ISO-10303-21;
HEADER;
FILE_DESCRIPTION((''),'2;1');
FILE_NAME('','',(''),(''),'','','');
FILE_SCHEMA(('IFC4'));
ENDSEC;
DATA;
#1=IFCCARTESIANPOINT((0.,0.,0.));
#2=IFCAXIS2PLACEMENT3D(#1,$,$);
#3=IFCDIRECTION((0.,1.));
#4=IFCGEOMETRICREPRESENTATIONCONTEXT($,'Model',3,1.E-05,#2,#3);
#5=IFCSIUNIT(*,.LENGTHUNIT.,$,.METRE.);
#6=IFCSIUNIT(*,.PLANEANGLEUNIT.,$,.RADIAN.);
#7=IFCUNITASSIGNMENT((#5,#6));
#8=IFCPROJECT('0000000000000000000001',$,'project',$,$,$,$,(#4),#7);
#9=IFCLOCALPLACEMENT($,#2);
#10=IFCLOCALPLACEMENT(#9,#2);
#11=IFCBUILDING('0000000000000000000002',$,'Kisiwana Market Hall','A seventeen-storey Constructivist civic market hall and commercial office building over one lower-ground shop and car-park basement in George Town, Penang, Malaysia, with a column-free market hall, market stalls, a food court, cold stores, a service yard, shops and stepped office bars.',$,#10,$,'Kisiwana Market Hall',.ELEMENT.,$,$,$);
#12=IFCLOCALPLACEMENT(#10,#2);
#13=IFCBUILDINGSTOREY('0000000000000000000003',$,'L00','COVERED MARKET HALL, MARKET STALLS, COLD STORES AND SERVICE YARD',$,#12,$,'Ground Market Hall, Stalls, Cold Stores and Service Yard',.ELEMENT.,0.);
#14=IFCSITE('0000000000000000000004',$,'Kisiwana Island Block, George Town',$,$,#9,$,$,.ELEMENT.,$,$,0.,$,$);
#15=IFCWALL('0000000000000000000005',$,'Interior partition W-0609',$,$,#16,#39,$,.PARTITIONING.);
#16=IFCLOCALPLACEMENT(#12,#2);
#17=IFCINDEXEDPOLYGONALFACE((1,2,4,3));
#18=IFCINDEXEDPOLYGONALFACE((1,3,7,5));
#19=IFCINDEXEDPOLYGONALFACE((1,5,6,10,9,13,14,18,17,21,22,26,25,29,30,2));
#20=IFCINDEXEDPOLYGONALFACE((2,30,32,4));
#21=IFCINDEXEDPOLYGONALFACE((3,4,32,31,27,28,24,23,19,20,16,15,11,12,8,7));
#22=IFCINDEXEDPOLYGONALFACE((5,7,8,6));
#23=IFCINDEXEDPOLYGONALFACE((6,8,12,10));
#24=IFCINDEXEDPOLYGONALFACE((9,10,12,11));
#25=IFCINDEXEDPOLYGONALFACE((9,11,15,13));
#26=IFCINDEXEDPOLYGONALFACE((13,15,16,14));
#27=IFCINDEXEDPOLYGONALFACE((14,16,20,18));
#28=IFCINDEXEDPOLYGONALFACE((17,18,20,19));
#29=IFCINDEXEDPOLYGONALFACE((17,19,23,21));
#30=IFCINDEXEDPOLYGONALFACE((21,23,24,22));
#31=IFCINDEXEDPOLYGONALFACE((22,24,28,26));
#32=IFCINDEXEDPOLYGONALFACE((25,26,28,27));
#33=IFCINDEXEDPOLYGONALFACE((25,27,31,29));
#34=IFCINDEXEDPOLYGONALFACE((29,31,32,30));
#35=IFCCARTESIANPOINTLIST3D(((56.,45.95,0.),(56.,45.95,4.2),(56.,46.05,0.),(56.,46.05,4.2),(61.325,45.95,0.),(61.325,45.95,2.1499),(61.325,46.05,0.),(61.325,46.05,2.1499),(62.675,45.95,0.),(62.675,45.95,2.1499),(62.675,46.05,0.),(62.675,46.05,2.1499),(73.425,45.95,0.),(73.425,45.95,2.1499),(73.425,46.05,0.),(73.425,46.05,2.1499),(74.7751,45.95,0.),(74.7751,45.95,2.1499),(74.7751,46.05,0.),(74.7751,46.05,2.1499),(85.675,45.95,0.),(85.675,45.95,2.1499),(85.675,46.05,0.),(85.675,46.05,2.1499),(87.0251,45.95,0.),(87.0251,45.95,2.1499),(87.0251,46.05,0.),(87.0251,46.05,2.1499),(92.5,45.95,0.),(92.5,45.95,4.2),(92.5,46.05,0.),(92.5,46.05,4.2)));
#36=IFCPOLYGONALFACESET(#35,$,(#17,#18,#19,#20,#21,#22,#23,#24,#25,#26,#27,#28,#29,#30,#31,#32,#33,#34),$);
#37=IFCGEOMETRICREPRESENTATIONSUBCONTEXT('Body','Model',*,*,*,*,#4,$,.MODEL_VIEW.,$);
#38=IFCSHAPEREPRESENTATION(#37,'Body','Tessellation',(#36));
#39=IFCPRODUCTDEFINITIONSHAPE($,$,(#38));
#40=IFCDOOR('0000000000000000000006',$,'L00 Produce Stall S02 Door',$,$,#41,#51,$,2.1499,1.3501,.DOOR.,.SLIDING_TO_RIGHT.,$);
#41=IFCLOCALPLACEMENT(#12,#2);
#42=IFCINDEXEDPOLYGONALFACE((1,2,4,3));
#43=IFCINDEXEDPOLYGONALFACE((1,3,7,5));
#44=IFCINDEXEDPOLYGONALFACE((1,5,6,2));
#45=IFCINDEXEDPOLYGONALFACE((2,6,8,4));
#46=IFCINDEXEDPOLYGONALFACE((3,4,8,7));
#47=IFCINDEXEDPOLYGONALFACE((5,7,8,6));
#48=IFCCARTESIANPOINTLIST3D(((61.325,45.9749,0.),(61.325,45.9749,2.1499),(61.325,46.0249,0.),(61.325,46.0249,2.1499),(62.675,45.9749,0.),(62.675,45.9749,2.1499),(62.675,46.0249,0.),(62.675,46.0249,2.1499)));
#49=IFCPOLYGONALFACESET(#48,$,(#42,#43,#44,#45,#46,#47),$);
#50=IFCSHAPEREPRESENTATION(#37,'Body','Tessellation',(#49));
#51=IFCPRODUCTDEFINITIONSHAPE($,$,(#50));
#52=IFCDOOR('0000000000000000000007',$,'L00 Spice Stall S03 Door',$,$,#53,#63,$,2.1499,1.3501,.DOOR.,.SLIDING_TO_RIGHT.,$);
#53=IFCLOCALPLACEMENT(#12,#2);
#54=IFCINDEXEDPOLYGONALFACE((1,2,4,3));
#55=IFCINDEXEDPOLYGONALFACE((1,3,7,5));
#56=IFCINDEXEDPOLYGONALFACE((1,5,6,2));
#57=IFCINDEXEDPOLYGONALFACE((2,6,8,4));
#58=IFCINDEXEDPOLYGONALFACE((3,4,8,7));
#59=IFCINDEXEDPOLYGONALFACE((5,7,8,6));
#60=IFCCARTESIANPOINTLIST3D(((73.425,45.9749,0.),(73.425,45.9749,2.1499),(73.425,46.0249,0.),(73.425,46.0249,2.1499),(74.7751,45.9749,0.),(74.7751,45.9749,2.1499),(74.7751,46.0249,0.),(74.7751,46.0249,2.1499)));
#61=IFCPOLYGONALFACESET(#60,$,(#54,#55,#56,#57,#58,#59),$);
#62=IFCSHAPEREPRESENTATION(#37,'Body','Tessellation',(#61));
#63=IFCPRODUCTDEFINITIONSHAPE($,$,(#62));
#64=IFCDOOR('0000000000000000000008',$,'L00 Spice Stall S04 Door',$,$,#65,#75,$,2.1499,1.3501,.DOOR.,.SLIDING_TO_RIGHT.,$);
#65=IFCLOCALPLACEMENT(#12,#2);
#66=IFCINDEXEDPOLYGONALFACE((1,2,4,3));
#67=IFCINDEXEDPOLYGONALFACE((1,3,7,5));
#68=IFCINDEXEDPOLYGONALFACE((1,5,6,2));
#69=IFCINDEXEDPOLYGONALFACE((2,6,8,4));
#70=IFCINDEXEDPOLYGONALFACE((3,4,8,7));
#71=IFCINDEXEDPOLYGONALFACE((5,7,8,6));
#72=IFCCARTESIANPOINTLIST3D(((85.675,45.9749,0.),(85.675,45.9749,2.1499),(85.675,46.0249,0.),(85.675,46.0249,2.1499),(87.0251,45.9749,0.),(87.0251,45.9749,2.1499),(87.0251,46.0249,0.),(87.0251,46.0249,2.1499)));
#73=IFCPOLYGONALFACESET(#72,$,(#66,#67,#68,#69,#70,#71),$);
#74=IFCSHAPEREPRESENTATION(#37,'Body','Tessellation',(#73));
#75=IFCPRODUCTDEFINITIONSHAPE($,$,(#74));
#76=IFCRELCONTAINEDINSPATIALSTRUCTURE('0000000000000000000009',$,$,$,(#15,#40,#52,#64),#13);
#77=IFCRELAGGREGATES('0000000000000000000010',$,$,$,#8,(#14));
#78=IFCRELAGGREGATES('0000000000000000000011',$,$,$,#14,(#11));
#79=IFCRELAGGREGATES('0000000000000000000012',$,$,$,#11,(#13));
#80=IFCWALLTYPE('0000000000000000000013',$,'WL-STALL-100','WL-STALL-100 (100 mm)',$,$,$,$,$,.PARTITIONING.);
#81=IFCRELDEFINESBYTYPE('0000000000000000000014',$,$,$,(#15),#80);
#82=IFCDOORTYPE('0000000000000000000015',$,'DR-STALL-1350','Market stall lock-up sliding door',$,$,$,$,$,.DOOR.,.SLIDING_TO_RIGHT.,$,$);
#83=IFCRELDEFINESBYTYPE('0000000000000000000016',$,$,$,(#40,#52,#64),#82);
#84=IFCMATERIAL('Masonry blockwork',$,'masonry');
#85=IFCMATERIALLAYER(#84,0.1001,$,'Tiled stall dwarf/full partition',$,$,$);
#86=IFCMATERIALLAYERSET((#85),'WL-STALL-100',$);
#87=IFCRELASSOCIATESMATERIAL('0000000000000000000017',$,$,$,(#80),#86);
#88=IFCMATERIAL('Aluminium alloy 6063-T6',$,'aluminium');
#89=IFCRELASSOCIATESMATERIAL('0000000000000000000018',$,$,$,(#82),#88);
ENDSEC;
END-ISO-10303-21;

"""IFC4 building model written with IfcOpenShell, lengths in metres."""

from ifc_helpers import new_model, si_unit, direction, frame, frame_2d, origin, place, context, subcontext, project, spatial, rectangle, extrude, material, layer, layer_set, type_object, element, fill, save


model = new_model("IFC4")

# Units and contexts
model_context = context("Model", 3, precision=1e-05, world=origin(), true_north=direction((0.0, 1.0)))
body_context = subcontext(model_context, "Body", "Model", "MODEL_VIEW")
ifc_project = project(units=[si_unit("LENGTHUNIT", "METRE"), si_unit("PLANEANGLEUNIT", "RADIAN")], contexts=[model_context])

# Site, building, storey
site_placement = place(None, origin())
site = spatial("IfcSite", under=ifc_project, at=site_placement, Name="Kisiwana Island Block, George Town", CompositionType="ELEMENT", RefElevation=0.0)
building_placement = place(site_placement, origin())
building = spatial("IfcBuilding", under=site, at=building_placement, Name="Kisiwana Market Hall", Description="A seventeen-storey Constructivist civic market hall and commercial office building over one lower-ground shop and car-park basement in George Town, Penang, Malaysia, with a column-free market hall, market stalls, a food court, cold stores, a service yard, shops and stepped office bars.", LongName="Kisiwana Market Hall", CompositionType="ELEMENT")
storey_placement = place(building_placement, origin())
storey = spatial("IfcBuildingStorey", under=building, at=storey_placement, Name="L00", Description="COVERED MARKET HALL, MARKET STALLS, COLD STORES AND SERVICE YARD", LongName="Ground Market Hall, Stalls, Cold Stores and Service Yard", CompositionType="ELEMENT", Elevation=0.0)

# Shared definitions
ifc_material_1 = material(Name="Masonry blockwork", Category="masonry")
ifc_layer_1 = layer(ifc_material_1, 0.1001, Name="Tiled stall dwarf/full partition")
ifc_layer_set_1 = layer_set([ifc_layer_1], Name="WL-STALL-100")
wall_type_1 = type_object("IfcWallType", Name="WL-STALL-100", Description="WL-STALL-100 (100 mm)", PredefinedType="PARTITIONING", material=ifc_layer_set_1)

# Shared definitions
ifc_material_2 = material(Name="Aluminium alloy 6063-T6", Category="aluminium")
door_type_1 = type_object("IfcDoorType", Name="DR-STALL-1350", Description="Market stall lock-up sliding door", OperationType="SLIDING_TO_RIGHT", PredefinedType="DOOR", material=ifc_material_2)

# Wall, openings, doors
wall_1_placement = place(storey_placement, frame((56.0, 46.0, 0.0), z_axis=(0.0, 0.0, 1.0), x_axis=(1.0, 0.0, 0.0)))
wall_1 = element("IfcWall", 1, at=wall_1_placement, inside=storey, type_object=wall_type_1, Name="Interior partition W-0609", PredefinedType="PARTITIONING", context=body_context, shape_type="SweptSolid", body=[
    extrude(rectangle(XDim=36.5, YDim=0.1001, at=frame_2d((18.25, 0.0))), origin(), (0.0, 0.0, 1.0), 4.2),
])
opening_1_placement = place(wall_1_placement, frame((5.325, 0.0, 0.0)))
opening_1 = element("IfcOpeningElement", 2, at=opening_1_placement, cuts=wall_1, PredefinedType="OPENING", context=body_context, shape_type="SweptSolid", body=[
    extrude(rectangle(XDim=1.3501, YDim=2.1499, at=frame_2d((0.675, 1.075))), frame((0.0, 0.062, 0.0), z_axis=(0.0, -1.0, 0.0), x_axis=(1.0, 0.0, 0.0)), (0.0, 0.0, 1.0), 0.124),
])
opening_2_placement = place(wall_1_placement, frame((17.425, 0.0, 0.0)))
opening_2 = element("IfcOpeningElement", 3, at=opening_2_placement, cuts=wall_1, PredefinedType="OPENING", context=body_context, shape_type="SweptSolid", body=[
    extrude(rectangle(XDim=1.3501, YDim=2.1499, at=frame_2d((0.675, 1.075))), frame((0.0, 0.062, 0.0), z_axis=(0.0, -1.0, 0.0), x_axis=(1.0, 0.0, 0.0)), (0.0, 0.0, 1.0), 0.124),
])
opening_3_placement = place(wall_1_placement, frame((29.675, 0.0, 0.0)))
opening_3 = element("IfcOpeningElement", 4, at=opening_3_placement, cuts=wall_1, PredefinedType="OPENING", context=body_context, shape_type="SweptSolid", body=[
    extrude(rectangle(XDim=1.3501, YDim=2.1499, at=frame_2d((0.675, 1.075))), frame((0.0, 0.062, 0.0), z_axis=(0.0, -1.0, 0.0), x_axis=(1.0, 0.0, 0.0)), (0.0, 0.0, 1.0), 0.124),
])
door_1_placement = place(opening_1_placement, origin())
door_1 = element("IfcDoor", 5, at=door_1_placement, inside=storey, type_object=door_type_1, Name="L00 Produce Stall S02 Door", OperationType="SLIDING_TO_RIGHT", OverallHeight=2.1499, OverallWidth=1.3501, PredefinedType="DOOR", context=body_context, shape_type="SweptSolid", body=[
    extrude(rectangle(XDim=1.3501, YDim=2.1499, at=frame_2d((0.675, 1.075))), frame((0.0, 0.0249, 0.0), z_axis=(0.0, -1.0, 0.0), x_axis=(1.0, 0.0, 0.0)), (0.0, 0.0, 1.0), 0.05),
])
fill(opening_1, door_1)
door_2_placement = place(opening_2_placement, origin())
door_2 = element("IfcDoor", 6, at=door_2_placement, inside=storey, type_object=door_type_1, Name="L00 Spice Stall S03 Door", OperationType="SLIDING_TO_RIGHT", OverallHeight=2.1499, OverallWidth=1.3501, PredefinedType="DOOR", context=body_context, shape_type="SweptSolid", body=[
    extrude(rectangle(XDim=1.3501, YDim=2.1499, at=frame_2d((0.675, 1.075))), frame((0.0, 0.0249, 0.0), z_axis=(0.0, -1.0, 0.0), x_axis=(1.0, 0.0, 0.0)), (0.0, 0.0, 1.0), 0.05),
])
fill(opening_2, door_2)
door_3_placement = place(opening_3_placement, origin())
door_3 = element("IfcDoor", 7, at=door_3_placement, inside=storey, type_object=door_type_1, Name="L00 Spice Stall S04 Door", OperationType="SLIDING_TO_RIGHT", OverallHeight=2.1499, OverallWidth=1.3501, PredefinedType="DOOR", context=body_context, shape_type="SweptSolid", body=[
    extrude(rectangle(XDim=1.3501, YDim=2.1499, at=frame_2d((0.675, 1.075))), frame((0.0, 0.0249, 0.0), z_axis=(0.0, -1.0, 0.0), x_axis=(1.0, 0.0, 0.0)), (0.0, 0.0, 1.0), 0.05),
])
fill(opening_3, door_3)

save(model, "model.ifc")
